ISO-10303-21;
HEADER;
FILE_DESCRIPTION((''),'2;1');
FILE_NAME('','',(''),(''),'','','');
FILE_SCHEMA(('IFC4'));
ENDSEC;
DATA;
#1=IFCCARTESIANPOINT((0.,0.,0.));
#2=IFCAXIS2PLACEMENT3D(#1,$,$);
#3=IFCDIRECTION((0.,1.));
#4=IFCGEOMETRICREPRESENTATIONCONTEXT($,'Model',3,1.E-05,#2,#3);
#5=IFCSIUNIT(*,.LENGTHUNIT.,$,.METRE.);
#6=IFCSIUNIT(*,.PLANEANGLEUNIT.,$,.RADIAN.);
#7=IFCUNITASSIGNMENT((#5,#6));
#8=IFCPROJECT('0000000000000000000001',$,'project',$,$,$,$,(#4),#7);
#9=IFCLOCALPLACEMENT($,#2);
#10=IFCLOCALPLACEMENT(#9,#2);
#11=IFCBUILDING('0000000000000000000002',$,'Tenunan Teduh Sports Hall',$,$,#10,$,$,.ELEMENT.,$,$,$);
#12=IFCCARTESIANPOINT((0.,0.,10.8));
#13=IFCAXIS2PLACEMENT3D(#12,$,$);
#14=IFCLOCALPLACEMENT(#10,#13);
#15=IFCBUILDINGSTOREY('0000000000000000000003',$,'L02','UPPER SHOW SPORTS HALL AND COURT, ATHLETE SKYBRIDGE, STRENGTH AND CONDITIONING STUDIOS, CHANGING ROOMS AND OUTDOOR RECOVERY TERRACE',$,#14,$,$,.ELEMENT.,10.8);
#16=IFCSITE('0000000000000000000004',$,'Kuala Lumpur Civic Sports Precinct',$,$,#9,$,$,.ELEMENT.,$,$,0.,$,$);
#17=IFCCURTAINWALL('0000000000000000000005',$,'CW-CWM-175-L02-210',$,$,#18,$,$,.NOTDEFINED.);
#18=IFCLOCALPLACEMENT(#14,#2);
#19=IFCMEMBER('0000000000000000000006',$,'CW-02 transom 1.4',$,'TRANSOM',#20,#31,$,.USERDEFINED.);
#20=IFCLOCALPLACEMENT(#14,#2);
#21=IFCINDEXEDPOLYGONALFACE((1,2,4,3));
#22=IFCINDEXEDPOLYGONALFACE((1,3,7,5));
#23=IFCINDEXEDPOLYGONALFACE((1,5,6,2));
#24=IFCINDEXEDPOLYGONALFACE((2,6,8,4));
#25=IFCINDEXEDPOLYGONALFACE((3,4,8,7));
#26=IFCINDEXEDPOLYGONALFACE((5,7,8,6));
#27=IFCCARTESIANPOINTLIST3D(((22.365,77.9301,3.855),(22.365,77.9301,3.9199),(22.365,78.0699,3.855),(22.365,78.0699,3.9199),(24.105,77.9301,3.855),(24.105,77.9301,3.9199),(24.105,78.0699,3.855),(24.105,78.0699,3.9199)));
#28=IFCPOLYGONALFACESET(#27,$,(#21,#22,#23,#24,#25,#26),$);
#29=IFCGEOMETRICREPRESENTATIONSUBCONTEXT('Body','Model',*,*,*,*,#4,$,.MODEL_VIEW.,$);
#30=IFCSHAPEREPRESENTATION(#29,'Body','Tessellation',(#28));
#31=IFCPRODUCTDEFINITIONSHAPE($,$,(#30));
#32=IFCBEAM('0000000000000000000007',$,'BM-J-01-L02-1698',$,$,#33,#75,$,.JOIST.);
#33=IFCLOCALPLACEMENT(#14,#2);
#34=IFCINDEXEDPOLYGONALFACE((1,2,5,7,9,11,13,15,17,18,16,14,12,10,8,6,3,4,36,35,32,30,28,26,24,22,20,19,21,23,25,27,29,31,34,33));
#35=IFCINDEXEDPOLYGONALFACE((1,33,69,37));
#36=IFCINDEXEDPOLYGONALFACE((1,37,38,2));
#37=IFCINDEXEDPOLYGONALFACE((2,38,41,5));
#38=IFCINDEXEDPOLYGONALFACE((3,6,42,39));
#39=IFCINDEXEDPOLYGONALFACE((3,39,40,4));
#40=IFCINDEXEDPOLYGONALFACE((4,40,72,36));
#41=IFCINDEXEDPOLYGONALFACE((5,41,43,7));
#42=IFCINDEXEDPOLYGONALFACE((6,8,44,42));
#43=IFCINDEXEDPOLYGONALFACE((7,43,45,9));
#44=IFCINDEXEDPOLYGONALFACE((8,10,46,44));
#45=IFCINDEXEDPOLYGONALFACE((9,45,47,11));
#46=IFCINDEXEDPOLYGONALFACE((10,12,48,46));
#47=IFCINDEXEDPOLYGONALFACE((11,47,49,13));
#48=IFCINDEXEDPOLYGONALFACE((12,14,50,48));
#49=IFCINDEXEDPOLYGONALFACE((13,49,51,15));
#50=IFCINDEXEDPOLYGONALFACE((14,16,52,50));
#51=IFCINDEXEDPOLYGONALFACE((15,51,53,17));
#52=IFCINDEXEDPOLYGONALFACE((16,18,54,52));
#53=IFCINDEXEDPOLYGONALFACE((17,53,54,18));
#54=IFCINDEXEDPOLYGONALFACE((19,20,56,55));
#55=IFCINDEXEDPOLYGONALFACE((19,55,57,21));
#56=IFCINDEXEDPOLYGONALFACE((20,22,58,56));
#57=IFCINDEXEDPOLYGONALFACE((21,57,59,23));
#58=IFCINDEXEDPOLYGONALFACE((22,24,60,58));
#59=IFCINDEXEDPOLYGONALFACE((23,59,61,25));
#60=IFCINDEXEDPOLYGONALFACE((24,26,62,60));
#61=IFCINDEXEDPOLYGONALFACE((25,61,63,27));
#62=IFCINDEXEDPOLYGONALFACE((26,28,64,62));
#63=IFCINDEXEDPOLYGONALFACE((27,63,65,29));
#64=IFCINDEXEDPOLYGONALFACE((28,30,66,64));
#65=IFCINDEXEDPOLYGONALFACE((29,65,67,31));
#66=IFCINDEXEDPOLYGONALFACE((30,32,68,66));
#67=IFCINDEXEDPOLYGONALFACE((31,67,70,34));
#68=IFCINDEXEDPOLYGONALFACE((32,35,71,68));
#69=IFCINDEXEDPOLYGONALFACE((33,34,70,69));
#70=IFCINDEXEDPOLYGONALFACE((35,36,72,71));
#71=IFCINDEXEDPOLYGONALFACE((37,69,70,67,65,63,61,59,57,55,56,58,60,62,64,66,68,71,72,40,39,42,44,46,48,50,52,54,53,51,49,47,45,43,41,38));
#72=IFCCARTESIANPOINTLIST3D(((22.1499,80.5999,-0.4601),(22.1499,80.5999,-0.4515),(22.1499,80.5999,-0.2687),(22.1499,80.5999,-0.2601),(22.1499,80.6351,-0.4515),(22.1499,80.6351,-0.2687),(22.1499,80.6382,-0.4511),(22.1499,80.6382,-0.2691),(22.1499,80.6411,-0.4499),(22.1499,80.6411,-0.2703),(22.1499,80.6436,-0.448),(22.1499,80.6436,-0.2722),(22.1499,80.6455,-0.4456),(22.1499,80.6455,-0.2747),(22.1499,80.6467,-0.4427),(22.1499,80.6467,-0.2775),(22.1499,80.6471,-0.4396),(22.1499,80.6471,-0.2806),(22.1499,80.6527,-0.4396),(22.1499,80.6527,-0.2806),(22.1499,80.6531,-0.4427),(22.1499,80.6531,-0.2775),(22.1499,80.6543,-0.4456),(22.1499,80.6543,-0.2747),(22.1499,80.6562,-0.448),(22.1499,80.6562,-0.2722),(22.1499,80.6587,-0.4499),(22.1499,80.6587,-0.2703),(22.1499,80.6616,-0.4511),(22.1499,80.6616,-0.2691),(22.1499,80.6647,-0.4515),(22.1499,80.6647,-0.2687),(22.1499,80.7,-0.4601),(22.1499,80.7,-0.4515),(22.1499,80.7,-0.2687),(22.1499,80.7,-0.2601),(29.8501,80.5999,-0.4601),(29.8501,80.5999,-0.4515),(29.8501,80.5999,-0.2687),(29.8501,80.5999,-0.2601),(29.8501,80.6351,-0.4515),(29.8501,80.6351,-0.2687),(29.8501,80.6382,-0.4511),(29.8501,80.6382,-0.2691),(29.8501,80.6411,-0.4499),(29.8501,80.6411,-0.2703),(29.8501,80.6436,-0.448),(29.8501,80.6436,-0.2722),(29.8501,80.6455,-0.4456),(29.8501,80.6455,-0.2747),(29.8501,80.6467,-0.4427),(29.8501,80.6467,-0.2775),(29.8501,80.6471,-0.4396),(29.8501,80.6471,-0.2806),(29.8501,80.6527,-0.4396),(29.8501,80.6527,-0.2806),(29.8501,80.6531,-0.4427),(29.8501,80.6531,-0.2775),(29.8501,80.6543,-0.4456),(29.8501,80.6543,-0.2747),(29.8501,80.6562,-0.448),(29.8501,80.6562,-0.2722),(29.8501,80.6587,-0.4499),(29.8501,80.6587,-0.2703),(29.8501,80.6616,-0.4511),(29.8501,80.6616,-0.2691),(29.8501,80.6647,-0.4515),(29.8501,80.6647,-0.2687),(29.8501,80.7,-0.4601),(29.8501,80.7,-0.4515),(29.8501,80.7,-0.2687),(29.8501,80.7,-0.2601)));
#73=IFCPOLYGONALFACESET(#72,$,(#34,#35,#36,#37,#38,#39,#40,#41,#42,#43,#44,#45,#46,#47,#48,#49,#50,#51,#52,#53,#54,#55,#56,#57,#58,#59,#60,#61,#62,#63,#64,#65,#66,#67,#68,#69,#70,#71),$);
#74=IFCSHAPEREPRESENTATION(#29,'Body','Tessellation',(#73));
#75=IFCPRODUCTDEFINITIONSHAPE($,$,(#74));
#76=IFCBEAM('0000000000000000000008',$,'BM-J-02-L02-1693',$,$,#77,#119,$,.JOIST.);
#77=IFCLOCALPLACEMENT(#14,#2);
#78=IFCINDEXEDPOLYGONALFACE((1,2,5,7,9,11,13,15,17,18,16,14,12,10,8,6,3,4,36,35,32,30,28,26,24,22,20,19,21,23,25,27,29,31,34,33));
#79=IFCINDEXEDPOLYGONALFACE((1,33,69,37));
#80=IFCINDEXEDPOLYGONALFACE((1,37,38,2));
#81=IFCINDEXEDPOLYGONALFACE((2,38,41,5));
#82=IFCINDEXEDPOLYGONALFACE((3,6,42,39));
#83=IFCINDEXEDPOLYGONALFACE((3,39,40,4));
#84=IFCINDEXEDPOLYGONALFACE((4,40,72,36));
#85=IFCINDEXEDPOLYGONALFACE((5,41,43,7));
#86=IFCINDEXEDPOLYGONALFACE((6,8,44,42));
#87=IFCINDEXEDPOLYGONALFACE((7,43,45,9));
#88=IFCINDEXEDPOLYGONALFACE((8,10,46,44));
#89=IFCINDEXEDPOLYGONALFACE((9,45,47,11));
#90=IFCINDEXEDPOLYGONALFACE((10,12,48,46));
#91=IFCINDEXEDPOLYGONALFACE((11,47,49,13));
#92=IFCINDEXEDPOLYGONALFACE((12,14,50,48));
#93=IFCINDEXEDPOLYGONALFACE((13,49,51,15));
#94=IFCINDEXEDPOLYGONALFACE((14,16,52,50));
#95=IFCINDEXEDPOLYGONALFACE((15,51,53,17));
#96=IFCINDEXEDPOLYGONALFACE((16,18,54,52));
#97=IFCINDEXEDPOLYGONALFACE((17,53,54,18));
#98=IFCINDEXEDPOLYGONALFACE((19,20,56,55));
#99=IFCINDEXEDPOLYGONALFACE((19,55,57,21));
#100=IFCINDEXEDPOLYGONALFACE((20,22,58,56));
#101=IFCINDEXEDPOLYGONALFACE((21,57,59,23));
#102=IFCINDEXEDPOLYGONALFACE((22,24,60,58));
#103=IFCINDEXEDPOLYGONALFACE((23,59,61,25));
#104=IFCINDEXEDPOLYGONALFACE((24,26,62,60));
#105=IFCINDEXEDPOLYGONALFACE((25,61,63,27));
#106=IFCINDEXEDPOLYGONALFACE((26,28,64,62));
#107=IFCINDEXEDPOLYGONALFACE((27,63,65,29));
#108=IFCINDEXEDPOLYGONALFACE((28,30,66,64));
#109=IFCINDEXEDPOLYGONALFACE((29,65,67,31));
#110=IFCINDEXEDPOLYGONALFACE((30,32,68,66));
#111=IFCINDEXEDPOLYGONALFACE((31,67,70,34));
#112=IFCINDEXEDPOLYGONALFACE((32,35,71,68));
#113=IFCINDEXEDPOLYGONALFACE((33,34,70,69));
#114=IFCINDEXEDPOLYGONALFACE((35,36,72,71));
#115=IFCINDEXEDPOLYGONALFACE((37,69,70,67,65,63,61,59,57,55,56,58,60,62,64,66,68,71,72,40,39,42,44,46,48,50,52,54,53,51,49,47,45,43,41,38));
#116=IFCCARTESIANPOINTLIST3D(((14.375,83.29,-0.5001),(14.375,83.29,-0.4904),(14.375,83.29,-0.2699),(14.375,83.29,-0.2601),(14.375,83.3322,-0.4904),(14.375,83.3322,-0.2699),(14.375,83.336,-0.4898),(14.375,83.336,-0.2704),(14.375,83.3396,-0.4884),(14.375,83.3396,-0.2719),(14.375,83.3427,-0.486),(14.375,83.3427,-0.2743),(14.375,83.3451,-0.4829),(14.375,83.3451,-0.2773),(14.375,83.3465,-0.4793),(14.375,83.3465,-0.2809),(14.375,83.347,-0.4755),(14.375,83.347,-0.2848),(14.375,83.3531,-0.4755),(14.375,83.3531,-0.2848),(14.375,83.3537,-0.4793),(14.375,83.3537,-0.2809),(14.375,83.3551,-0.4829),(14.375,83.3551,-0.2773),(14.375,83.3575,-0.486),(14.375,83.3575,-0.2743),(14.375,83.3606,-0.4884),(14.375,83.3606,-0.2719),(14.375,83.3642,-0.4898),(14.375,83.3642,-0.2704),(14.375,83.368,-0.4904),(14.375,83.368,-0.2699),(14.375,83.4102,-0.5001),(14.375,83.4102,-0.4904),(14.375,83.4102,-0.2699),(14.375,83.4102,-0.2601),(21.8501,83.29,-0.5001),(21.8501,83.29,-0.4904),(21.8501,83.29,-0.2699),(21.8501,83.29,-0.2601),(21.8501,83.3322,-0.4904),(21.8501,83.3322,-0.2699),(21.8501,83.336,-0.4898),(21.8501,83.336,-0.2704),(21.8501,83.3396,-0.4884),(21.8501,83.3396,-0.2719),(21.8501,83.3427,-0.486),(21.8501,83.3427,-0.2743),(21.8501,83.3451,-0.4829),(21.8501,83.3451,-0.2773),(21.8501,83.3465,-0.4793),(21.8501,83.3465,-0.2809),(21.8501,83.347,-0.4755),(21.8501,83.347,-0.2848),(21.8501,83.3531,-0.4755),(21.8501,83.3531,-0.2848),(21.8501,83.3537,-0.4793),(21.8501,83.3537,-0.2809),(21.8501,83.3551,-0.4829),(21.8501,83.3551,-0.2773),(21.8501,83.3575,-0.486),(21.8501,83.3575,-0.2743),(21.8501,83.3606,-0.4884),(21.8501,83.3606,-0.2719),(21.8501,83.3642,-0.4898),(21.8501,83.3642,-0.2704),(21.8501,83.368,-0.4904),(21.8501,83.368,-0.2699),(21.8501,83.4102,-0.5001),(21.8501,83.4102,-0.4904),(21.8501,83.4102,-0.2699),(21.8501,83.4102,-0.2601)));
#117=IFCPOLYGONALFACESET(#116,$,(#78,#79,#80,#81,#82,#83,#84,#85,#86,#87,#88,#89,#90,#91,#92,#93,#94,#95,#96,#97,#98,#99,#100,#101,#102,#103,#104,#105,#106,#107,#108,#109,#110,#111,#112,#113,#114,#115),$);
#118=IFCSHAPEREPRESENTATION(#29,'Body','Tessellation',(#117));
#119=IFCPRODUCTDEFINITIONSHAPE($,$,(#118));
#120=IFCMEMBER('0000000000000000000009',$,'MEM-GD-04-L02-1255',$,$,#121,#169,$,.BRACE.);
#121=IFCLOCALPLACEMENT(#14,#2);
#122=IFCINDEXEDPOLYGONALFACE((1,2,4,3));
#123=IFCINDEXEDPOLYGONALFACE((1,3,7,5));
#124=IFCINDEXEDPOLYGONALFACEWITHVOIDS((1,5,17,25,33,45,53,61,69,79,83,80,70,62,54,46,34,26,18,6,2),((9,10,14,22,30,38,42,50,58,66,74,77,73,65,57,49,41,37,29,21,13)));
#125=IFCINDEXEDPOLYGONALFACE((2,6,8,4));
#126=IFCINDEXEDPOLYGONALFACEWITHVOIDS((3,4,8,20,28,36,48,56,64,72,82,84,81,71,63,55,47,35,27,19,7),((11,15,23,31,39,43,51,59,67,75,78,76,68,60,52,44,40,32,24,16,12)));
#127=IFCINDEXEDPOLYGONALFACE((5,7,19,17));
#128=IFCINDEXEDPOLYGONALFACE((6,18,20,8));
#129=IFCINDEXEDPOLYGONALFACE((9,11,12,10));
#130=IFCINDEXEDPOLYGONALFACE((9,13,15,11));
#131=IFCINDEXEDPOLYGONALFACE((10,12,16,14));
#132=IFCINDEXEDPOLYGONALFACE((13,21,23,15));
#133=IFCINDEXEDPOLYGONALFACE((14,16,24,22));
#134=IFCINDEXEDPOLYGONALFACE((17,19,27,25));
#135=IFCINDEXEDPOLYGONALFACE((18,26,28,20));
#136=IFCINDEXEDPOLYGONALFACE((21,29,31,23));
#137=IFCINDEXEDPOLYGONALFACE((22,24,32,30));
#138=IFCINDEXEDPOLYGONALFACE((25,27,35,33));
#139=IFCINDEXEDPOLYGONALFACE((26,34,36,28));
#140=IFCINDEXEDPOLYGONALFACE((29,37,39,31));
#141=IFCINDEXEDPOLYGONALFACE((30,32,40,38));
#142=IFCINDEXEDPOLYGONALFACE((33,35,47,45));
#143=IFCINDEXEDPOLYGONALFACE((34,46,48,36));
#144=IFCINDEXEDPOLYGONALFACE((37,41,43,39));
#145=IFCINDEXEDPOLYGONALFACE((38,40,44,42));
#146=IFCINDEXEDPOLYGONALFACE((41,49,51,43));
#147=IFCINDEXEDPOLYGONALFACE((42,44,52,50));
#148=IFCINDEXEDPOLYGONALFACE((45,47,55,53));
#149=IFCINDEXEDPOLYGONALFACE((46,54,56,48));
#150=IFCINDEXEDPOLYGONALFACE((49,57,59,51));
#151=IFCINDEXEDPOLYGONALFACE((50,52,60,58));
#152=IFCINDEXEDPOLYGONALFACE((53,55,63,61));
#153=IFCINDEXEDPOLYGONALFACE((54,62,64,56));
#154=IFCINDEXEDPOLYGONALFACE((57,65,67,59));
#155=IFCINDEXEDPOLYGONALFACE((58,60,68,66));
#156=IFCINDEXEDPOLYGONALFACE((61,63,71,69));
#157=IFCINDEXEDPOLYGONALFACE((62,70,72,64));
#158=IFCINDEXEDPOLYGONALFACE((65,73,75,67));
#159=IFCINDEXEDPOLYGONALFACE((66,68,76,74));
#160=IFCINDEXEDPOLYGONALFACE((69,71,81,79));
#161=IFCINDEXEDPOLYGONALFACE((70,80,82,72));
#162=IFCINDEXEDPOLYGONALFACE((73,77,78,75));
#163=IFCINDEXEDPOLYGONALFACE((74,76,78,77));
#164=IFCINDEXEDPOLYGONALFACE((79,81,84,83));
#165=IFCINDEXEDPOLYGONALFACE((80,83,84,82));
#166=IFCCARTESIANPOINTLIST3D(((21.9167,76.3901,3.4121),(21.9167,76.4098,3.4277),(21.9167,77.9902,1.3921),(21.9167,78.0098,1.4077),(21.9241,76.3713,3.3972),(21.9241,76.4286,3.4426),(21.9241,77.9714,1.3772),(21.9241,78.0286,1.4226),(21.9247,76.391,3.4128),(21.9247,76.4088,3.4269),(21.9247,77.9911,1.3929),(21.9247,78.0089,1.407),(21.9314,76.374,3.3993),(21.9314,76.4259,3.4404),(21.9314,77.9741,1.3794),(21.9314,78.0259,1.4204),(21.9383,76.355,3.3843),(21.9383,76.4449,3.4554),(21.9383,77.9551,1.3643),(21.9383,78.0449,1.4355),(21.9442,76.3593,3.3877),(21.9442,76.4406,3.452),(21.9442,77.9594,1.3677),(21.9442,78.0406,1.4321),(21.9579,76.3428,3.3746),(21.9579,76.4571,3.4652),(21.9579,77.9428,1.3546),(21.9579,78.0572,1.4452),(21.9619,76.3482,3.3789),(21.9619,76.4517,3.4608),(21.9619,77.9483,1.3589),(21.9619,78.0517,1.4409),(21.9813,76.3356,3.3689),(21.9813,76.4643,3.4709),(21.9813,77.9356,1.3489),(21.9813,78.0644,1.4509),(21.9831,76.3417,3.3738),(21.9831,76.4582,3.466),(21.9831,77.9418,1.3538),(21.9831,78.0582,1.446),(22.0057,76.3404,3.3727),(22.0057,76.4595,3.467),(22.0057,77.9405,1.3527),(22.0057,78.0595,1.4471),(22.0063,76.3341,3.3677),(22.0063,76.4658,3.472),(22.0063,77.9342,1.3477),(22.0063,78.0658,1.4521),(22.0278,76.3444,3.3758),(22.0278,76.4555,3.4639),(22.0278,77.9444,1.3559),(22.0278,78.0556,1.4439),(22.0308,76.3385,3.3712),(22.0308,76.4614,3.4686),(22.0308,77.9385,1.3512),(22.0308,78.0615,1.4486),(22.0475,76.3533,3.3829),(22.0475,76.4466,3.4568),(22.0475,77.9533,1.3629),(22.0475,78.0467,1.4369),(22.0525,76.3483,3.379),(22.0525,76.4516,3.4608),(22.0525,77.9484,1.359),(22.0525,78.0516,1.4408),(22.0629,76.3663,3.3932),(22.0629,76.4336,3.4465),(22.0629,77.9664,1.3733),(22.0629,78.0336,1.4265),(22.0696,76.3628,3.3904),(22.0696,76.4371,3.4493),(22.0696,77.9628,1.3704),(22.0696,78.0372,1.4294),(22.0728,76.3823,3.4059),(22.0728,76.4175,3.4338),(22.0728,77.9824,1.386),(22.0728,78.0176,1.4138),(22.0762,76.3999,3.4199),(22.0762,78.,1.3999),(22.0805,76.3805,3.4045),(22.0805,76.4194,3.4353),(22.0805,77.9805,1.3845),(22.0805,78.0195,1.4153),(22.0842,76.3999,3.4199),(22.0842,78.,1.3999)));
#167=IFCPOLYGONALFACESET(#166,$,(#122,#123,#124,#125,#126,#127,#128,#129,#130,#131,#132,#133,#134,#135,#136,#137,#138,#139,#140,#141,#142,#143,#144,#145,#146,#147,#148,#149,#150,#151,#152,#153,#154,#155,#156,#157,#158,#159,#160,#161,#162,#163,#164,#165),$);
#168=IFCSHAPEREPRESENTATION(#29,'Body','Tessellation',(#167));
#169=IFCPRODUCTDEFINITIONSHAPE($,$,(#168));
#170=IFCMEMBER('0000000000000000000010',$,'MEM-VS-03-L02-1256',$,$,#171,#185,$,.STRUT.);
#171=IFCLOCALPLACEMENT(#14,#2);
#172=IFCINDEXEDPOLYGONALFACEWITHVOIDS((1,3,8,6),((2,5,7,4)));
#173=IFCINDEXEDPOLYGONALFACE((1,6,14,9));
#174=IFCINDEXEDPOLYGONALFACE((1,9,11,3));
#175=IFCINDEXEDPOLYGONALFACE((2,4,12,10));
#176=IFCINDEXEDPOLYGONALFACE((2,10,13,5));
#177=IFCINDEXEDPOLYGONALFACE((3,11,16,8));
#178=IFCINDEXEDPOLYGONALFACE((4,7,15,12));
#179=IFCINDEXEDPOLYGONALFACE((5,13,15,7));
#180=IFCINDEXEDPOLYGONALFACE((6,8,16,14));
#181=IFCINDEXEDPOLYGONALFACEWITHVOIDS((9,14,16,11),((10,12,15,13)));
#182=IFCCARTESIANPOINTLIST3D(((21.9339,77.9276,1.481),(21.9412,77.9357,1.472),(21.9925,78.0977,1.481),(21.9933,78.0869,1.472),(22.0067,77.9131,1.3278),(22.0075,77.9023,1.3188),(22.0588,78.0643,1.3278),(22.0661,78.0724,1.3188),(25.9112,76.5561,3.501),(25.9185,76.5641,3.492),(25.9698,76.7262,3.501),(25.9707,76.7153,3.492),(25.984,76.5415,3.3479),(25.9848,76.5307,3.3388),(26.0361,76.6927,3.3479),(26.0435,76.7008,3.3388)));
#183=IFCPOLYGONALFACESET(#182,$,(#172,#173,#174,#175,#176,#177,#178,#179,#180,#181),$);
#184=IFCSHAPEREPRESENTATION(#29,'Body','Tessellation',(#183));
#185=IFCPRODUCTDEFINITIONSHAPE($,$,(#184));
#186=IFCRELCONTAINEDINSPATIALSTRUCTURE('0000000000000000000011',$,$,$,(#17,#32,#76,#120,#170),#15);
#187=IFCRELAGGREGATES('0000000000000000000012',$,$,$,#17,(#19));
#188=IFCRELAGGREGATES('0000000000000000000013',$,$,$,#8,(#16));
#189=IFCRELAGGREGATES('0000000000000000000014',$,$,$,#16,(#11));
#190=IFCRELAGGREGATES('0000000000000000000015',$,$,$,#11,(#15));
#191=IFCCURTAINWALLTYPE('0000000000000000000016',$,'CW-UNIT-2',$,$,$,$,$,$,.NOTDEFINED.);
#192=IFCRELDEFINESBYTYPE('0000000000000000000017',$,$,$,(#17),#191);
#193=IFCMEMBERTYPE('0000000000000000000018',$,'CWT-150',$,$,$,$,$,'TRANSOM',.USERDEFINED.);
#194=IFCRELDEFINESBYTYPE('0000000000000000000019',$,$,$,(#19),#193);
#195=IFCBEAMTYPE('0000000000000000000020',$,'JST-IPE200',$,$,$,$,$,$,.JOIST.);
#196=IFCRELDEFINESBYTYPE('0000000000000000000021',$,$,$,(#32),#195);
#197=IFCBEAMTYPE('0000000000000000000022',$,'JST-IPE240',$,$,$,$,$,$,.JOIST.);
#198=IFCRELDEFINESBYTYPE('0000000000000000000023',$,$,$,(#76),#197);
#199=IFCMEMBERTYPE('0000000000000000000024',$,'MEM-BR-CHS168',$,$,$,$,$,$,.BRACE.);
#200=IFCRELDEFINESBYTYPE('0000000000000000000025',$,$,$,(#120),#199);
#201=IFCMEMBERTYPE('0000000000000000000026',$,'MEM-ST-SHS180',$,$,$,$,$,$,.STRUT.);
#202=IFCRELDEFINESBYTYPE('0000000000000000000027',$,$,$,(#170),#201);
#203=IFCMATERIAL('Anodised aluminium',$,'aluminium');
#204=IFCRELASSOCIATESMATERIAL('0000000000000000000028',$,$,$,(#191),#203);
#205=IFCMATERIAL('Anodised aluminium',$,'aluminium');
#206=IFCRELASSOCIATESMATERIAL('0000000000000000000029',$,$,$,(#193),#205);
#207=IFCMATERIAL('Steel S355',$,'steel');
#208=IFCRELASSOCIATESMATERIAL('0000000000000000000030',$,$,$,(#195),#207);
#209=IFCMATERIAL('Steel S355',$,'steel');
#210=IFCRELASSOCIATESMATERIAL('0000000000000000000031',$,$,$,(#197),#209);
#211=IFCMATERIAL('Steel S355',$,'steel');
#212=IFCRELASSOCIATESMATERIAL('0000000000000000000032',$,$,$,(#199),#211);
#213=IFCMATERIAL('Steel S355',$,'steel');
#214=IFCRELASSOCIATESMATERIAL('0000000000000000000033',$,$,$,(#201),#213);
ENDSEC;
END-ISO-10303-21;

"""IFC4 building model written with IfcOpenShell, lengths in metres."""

from ifc_helpers import new_model, si_unit, direction, frame, origin, origin_2d, place, context, subcontext, project, spatial, rectangle, hollow_rectangle, hollow_circle, i_section, extrude, material, material_profile, profile_set, type_object, element, aggregate, save


model = new_model("IFC4")

# Units and contexts
model_context = context("Model", 3, precision=1e-05, world=origin(), true_north=direction((0.0, 1.0)))
body_context = subcontext(model_context, "Body", "Model", "MODEL_VIEW")
ifc_project = project(units=[si_unit("LENGTHUNIT", "METRE"), si_unit("PLANEANGLEUNIT", "RADIAN")], contexts=[model_context])

# Site, building, storey
site_placement = place(None, origin())
site = spatial("IfcSite", under=ifc_project, at=site_placement, Name="Kuala Lumpur Civic Sports Precinct", CompositionType="ELEMENT", RefElevation=0.0)
building_placement = place(site_placement, origin())
building = spatial("IfcBuilding", under=site, at=building_placement, Name="Tenunan Teduh Sports Hall", CompositionType="ELEMENT")
storey_placement = place(building_placement, frame((0.0, 0.0, 10.8)))
storey = spatial("IfcBuildingStorey", under=building, at=storey_placement, Name="L02", Description="UPPER SHOW SPORTS HALL AND COURT, ATHLETE SKYBRIDGE, STRENGTH AND CONDITIONING STUDIOS, CHANGING ROOMS AND OUTDOOR RECOVERY TERRACE", CompositionType="ELEMENT", Elevation=10.8)

# Curtain wall, member
ifc_material_1 = material(Name="Anodised aluminium", Category="aluminium")
curtain_wall_type = type_object("IfcCurtainWallType", Name="CW-UNIT-2", PredefinedType="NOTDEFINED", material=ifc_material_1)
curtain_wall_placement = place(storey_placement, origin())
curtain_wall = element("IfcCurtainWall", 1, at=curtain_wall_placement, inside=storey, type_object=curtain_wall_type, Name="CW-CWM-175-L02-210", PredefinedType="NOTDEFINED")
ifc_material_2 = material(Name="Anodised aluminium", Category="aluminium")
ifc_material_profile_1 = material_profile(ifc_material_2, rectangle(XDim=0.0649, YDim=0.1399, at=origin_2d()), Name="CWT 65x140")
ifc_profile_set_1 = profile_set([ifc_material_profile_1], Name="Anodised aluminium")
member_type_1 = type_object("IfcMemberType", Name="CWT-150", ElementType="TRANSOM", PredefinedType="USERDEFINED", material=ifc_profile_set_1)
member_1_placement = place(storey_placement, frame((22.365, 78.0, 3.8875), z_axis=(1.0, 0.0, 0.0), x_axis=(0.0, 0.0, 1.0)))
member_1 = element("IfcMember", 2, at=member_1_placement, type_object=member_type_1, Name="CW-02 transom 1.4", ObjectType="TRANSOM", PredefinedType="USERDEFINED", context=body_context, shape_type="SweptSolid", body=[
    extrude(rectangle(XDim=0.0649, YDim=0.1399, at=origin_2d()), origin(), (0.0, 0.0, 1.0), 1.74),
])
aggregate(curtain_wall, [member_1])

# Beams
ifc_material_3 = material(Name="Steel S355", Category="steel")
ifc_material_profile_2 = material_profile(ifc_material_3, i_section(OverallWidth=0.1001, OverallDepth=0.2, WebThickness=0.0056, FlangeThickness=0.0085, FilletRadius=0.012, at=origin_2d()), Name="IPE 200")
ifc_profile_set_2 = profile_set([ifc_material_profile_2], Name="Steel S355")
beam_type_1 = type_object("IfcBeamType", Name="JST-IPE200", PredefinedType="JOIST", material=ifc_profile_set_2)
beam_1_placement = place(storey_placement, frame((22.1499, 80.6499, -0.3601), z_axis=(1.0, 0.0, 0.0), x_axis=(0.0, 1.0, 0.0)))
element("IfcBeam", 3, at=beam_1_placement, inside=storey, type_object=beam_type_1, Name="BM-J-01-L02-1698", PredefinedType="JOIST", context=body_context, shape_type="SweptSolid", body=[
    extrude(i_section(OverallWidth=0.1001, OverallDepth=0.2, WebThickness=0.0056, FlangeThickness=0.0085, FilletRadius=0.012, at=origin_2d()), origin(), (0.0, 0.0, 1.0), 7.7002),
])
ifc_material_4 = material(Name="Steel S355", Category="steel")
ifc_material_profile_3 = material_profile(ifc_material_4, i_section(OverallWidth=0.1201, OverallDepth=0.24, WebThickness=0.0061, FlangeThickness=0.0098, FilletRadius=0.0149, at=origin_2d()), Name="IPE 240")
ifc_profile_set_3 = profile_set([ifc_material_profile_3], Name="Steel S355")
beam_type_2 = type_object("IfcBeamType", Name="JST-IPE240", PredefinedType="JOIST", material=ifc_profile_set_3)
beam_2_placement = place(storey_placement, frame((14.375, 83.3501, -0.3801), z_axis=(1.0, 0.0, 0.0), x_axis=(0.0, 1.0, 0.0)))
element("IfcBeam", 4, at=beam_2_placement, inside=storey, type_object=beam_type_2, Name="BM-J-02-L02-1693", PredefinedType="JOIST", context=body_context, shape_type="SweptSolid", body=[
    extrude(i_section(OverallWidth=0.1201, OverallDepth=0.24, WebThickness=0.0061, FlangeThickness=0.0098, FilletRadius=0.0149, at=origin_2d()), origin(), (0.0, 0.0, 1.0), 7.4751),
])

# Members
ifc_material_5 = material(Name="Steel S355", Category="steel")
ifc_material_profile_4 = material_profile(ifc_material_5, hollow_circle(Radius=0.0842, WallThickness=0.0081, at=origin_2d()), Name="CHS 168.3x8.0")
ifc_profile_set_4 = profile_set([ifc_material_profile_4], Name="Steel S355")
member_type_2 = type_object("IfcMemberType", Name="MEM-BR-CHS168", PredefinedType="BRACE", material=ifc_profile_set_4)
member_2_placement = place(storey_placement, frame((22.0, 78.0, 1.3999), z_axis=(0.0, -0.620921, 0.783873), x_axis=(1.0, 0.0, 0.0)))
element("IfcMember", 5, at=member_2_placement, inside=storey, type_object=member_type_2, Name="MEM-GD-04-L02-1255", PredefinedType="BRACE", context=body_context, shape_type="SweptSolid", body=[
    extrude(hollow_circle(Radius=0.0842, WallThickness=0.0081, at=origin_2d()), origin(), (0.0, 0.0, 1.0), 2.5769),
])
ifc_material_6 = material(Name="Steel S355", Category="steel")
ifc_material_profile_5 = material_profile(ifc_material_6, hollow_rectangle(XDim=0.1799, YDim=0.1799, WallThickness=0.01, at=origin_2d()), Name="SHS 180x180x10.0")
ifc_profile_set_5 = profile_set([ifc_material_profile_5], Name="Steel S355")
member_type_3 = type_object("IfcMemberType", Name="MEM-ST-SHS180", PredefinedType="STRUT", material=ifc_profile_set_5)
member_3_placement = place(storey_placement, frame((22.0, 78.0, 1.3999), z_axis=(0.852222, -0.293891, 0.432833), x_axis=(0.326012, 0.945366, 0.0)))
element("IfcMember", 6, at=member_3_placement, inside=storey, type_object=member_type_3, Name="MEM-VS-03-L02-1256", PredefinedType="STRUT", context=body_context, shape_type="SweptSolid", body=[
    extrude(hollow_rectangle(XDim=0.1799, YDim=0.1799, WallThickness=0.01, at=origin_2d()), origin(), (0.0, 0.0, 1.0), 4.667),
])

save(model, "model.ifc")
